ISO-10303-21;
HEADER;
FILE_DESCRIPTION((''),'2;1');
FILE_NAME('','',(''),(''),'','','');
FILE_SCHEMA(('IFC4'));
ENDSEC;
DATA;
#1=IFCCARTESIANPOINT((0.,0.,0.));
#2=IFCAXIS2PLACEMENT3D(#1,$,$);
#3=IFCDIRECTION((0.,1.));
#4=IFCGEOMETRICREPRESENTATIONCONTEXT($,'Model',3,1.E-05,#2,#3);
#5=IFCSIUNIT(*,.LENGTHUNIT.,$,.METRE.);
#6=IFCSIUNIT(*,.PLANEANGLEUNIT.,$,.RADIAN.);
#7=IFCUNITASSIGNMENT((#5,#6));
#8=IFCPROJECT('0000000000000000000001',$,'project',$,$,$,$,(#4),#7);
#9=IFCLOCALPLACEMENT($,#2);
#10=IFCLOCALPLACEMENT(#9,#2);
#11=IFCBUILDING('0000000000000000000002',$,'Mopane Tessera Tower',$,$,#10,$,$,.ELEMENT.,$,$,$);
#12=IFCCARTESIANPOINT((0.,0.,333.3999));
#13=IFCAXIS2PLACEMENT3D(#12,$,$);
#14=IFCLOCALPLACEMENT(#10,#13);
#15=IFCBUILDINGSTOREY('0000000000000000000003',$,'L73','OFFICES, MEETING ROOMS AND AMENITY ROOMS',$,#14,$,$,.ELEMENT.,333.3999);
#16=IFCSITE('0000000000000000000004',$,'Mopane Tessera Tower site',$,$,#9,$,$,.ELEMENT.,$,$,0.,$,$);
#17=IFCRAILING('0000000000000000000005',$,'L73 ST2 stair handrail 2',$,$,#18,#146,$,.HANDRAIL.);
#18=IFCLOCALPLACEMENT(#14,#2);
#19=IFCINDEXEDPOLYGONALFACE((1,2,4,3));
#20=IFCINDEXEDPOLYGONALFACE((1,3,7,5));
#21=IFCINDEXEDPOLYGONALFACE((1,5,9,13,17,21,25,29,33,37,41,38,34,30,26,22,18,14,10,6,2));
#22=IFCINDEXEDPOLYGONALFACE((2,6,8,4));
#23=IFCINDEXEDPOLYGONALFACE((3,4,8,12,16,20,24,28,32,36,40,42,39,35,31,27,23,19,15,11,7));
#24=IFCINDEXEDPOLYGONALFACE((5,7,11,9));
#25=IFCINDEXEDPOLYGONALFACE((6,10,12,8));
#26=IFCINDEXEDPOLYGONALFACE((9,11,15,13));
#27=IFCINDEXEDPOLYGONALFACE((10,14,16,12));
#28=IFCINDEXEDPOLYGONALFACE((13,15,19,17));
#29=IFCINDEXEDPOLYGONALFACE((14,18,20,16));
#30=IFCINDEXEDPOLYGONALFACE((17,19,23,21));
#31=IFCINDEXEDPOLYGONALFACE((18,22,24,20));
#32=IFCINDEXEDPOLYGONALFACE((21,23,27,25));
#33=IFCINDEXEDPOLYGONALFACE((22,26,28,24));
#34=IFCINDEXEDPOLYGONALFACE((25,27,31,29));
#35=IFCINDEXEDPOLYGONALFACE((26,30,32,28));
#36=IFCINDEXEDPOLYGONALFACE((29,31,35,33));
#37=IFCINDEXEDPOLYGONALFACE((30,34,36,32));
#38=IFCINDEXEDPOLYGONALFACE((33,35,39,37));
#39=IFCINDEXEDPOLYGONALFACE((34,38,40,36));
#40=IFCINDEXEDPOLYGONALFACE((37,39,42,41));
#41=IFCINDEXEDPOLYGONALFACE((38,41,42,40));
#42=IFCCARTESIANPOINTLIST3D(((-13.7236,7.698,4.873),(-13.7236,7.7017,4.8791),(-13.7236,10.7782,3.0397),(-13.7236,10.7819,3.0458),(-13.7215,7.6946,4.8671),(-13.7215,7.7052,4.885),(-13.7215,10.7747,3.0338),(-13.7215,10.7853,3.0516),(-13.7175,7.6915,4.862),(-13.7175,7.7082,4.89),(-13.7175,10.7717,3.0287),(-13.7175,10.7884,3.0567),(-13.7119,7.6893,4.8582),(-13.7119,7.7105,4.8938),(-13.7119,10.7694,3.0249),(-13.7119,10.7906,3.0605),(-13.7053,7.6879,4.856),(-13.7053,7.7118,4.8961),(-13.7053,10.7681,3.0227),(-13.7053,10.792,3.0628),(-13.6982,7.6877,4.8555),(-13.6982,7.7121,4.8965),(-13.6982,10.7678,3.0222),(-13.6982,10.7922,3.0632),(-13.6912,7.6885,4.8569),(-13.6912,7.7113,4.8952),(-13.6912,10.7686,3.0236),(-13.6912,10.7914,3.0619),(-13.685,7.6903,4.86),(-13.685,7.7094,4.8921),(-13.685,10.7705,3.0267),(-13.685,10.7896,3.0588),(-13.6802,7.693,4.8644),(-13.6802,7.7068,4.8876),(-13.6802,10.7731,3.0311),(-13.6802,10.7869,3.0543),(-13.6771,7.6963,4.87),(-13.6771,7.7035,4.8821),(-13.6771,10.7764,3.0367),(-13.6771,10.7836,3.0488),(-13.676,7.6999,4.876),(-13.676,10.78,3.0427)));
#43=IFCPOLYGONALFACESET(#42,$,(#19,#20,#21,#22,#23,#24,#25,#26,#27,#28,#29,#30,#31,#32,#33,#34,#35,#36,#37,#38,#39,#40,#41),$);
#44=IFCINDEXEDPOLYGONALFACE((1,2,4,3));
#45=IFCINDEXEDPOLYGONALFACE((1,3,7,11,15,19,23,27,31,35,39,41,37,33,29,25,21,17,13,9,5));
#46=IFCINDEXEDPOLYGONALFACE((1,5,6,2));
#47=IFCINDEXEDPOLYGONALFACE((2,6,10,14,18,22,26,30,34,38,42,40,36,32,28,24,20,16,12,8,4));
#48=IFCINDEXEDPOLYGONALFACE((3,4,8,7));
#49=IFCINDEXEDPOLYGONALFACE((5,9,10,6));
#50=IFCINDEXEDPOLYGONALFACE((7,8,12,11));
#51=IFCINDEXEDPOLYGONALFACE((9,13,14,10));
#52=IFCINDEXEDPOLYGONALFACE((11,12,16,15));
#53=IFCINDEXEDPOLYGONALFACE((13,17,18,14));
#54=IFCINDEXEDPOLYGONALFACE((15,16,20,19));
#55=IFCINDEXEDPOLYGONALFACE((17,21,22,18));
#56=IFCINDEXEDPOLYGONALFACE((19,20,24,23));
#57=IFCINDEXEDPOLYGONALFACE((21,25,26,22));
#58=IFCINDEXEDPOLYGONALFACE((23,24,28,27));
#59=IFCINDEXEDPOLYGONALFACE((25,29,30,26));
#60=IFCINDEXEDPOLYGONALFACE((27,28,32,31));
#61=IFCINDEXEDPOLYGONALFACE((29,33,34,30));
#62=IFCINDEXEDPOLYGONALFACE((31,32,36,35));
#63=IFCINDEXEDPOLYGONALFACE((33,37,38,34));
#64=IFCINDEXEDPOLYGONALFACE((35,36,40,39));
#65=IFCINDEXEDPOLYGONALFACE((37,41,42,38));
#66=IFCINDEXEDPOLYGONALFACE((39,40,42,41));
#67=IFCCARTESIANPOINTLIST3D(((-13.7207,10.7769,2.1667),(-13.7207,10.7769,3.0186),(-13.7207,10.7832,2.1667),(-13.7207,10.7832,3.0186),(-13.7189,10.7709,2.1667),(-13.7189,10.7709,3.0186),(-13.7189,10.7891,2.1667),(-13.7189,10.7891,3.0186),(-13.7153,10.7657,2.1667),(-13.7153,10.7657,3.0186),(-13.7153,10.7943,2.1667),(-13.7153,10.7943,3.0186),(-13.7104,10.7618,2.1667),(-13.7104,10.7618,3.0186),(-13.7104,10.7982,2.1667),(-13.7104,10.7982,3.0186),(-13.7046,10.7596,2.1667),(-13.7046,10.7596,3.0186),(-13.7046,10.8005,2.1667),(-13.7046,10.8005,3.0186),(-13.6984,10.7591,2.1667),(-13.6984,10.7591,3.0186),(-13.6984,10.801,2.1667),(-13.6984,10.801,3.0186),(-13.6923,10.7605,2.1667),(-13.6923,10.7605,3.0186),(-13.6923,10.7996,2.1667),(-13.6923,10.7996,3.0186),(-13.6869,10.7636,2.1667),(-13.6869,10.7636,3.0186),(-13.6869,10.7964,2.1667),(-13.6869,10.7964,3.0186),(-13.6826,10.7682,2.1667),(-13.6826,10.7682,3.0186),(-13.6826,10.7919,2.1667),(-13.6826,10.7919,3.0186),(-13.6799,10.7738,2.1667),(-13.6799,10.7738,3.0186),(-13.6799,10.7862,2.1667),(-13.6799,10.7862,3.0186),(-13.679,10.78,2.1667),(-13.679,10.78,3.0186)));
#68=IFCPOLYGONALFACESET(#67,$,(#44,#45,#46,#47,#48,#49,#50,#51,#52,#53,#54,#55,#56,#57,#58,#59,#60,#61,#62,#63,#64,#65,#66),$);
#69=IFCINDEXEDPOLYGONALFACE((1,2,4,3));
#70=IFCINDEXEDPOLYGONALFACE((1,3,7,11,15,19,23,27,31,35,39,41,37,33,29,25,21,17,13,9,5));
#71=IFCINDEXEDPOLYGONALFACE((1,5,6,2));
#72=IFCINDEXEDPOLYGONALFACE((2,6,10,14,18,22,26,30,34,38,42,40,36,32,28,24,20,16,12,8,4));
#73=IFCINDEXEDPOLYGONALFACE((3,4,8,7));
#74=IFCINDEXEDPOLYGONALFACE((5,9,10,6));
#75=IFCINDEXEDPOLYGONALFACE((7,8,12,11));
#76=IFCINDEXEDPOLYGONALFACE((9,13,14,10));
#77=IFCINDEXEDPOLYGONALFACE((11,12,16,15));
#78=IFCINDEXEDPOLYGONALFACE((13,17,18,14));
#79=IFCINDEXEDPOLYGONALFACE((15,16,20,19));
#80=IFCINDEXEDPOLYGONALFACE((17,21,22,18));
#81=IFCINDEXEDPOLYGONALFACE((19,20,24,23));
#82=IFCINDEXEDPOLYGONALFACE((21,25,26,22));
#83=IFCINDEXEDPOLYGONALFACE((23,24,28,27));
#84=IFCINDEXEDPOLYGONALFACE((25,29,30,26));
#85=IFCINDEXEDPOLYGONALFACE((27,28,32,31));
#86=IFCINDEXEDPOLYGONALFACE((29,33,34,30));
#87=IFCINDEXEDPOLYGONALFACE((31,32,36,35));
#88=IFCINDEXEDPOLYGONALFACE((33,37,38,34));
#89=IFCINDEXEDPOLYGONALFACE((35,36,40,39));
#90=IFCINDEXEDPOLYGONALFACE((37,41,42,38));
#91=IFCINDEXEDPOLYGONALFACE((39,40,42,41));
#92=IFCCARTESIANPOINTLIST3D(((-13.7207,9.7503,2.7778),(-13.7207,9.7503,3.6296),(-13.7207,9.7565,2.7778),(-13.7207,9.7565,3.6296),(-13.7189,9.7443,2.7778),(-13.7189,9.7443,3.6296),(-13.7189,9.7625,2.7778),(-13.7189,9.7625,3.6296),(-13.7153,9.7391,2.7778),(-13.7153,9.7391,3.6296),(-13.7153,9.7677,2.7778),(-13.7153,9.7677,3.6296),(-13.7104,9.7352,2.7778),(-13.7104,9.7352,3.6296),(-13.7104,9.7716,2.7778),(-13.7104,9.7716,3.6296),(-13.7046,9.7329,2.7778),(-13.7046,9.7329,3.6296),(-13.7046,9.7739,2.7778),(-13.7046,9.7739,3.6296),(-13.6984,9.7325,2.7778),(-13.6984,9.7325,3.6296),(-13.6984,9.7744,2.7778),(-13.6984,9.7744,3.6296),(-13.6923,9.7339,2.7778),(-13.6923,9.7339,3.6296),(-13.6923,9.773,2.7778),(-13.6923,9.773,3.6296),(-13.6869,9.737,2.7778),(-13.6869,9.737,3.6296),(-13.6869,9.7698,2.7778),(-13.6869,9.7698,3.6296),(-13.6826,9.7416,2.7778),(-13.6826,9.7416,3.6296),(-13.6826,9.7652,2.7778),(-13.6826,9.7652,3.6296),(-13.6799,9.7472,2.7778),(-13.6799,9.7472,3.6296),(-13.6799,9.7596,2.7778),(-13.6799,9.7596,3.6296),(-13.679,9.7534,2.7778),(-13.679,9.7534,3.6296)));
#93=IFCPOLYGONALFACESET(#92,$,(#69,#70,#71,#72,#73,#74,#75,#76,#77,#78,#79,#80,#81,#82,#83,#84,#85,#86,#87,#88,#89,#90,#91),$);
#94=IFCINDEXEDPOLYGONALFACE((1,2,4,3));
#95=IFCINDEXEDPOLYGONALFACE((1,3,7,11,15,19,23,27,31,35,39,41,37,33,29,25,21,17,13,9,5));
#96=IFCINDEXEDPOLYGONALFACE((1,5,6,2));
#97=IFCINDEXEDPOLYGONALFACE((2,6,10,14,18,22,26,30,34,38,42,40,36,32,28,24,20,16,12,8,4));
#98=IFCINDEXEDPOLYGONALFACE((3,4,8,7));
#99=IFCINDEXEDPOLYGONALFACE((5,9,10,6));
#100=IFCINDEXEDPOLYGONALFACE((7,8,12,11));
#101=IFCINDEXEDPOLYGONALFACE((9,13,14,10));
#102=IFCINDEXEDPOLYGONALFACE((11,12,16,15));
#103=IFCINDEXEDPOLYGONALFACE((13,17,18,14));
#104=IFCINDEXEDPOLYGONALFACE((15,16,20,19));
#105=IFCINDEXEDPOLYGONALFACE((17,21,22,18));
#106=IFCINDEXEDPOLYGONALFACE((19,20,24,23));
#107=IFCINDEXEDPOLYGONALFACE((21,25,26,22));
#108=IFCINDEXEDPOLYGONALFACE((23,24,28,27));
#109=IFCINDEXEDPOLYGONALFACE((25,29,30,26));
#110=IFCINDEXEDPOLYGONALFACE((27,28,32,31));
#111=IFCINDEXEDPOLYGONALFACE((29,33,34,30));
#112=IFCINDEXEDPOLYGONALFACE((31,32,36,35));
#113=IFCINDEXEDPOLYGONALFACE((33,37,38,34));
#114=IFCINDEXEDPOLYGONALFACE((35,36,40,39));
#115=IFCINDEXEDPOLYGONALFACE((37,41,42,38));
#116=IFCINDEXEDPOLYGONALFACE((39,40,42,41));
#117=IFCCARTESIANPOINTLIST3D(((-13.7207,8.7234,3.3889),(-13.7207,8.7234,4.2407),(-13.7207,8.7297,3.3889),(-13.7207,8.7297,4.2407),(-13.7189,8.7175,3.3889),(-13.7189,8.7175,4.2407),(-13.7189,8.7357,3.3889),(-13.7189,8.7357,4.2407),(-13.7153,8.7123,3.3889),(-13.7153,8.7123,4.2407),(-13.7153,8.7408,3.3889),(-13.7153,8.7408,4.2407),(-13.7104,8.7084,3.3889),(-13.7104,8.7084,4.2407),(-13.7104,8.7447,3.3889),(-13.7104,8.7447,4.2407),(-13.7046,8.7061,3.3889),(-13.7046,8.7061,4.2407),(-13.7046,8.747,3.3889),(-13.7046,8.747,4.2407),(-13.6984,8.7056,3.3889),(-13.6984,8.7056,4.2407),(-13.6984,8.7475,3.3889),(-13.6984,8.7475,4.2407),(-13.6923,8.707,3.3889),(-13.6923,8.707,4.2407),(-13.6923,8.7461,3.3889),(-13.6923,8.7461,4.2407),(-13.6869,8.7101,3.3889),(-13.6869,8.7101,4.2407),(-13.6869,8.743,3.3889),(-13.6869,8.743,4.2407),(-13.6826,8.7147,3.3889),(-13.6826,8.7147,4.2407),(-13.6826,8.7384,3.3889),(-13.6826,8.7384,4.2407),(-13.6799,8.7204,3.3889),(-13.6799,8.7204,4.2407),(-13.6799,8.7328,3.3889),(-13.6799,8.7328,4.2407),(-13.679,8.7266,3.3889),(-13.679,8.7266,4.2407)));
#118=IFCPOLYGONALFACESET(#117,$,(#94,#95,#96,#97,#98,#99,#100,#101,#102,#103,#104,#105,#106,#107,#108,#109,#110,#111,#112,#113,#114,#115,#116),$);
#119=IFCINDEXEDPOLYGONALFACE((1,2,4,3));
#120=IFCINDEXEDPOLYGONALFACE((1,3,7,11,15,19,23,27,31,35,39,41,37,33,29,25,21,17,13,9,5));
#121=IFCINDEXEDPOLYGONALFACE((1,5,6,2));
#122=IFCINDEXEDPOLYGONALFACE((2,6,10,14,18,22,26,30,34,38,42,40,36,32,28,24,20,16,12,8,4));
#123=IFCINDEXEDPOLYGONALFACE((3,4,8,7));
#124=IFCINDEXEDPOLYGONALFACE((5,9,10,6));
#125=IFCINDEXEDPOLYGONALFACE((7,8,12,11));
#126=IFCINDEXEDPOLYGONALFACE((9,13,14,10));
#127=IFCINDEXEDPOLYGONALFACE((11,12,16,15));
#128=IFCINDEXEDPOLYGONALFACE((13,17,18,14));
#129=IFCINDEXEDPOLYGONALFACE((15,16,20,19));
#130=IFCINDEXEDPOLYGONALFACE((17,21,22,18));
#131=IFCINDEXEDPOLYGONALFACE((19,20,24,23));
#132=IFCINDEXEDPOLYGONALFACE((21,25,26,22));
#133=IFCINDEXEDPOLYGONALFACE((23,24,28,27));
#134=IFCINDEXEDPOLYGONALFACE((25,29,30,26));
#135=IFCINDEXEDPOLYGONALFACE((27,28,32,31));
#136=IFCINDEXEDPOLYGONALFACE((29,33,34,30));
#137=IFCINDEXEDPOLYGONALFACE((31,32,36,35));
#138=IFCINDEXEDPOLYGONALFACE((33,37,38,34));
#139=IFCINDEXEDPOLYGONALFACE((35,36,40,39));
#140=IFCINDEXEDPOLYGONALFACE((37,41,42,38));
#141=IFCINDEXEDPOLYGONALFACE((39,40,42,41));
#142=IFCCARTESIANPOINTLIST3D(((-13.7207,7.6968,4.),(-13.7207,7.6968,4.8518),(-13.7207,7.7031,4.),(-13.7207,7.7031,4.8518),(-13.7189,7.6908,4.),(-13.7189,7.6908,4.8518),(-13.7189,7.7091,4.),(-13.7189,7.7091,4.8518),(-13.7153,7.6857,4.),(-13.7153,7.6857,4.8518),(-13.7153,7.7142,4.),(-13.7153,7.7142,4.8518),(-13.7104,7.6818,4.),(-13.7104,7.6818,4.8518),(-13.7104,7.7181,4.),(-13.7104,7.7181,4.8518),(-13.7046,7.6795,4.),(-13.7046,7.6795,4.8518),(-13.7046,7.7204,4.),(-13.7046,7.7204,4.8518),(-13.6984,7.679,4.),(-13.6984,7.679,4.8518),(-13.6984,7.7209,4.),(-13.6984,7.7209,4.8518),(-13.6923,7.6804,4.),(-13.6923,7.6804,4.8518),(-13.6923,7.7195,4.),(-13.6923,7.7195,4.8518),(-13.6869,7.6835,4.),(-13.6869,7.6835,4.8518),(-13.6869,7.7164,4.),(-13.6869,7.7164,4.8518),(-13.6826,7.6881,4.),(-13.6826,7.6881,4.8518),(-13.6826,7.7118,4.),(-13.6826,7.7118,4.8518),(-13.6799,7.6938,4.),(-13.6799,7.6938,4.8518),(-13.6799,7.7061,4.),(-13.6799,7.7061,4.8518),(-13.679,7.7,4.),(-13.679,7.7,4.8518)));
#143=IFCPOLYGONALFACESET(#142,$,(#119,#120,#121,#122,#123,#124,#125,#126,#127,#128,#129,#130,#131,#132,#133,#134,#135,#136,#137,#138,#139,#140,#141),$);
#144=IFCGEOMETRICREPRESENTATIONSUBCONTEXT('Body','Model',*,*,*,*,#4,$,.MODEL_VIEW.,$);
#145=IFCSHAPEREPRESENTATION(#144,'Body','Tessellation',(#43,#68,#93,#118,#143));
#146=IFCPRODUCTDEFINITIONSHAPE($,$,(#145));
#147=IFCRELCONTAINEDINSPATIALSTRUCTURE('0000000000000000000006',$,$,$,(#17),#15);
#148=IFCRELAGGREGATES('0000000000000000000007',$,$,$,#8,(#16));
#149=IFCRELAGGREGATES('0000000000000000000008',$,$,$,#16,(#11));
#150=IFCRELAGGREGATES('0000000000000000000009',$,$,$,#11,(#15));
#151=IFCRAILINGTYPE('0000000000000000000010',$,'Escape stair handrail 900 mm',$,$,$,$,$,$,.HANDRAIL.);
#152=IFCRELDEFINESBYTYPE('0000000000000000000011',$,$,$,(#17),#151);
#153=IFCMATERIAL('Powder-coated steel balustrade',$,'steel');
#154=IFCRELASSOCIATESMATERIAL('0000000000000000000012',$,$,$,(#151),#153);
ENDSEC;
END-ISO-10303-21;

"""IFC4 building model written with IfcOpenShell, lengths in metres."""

from ifc_helpers import new_model, si_unit, direction, frame, origin, origin_2d, place, context, subcontext, project, spatial, circle, extrude, material, type_object, element, save


model = new_model("IFC4")

# Units and contexts
model_context = context("Model", 3, precision=1e-05, world=origin(), true_north=direction((0.0, 1.0)))
body_context = subcontext(model_context, "Body", "Model", "MODEL_VIEW")
ifc_project = project(units=[si_unit("LENGTHUNIT", "METRE"), si_unit("PLANEANGLEUNIT", "RADIAN")], contexts=[model_context])

# Site, building, storey
site_placement = place(None, origin())
site = spatial("IfcSite", under=ifc_project, at=site_placement, Name="Mopane Tessera Tower site", CompositionType="ELEMENT", RefElevation=0.0)
building_placement = place(site_placement, origin())
building = spatial("IfcBuilding", under=site, at=building_placement, Name="Mopane Tessera Tower", CompositionType="ELEMENT")
storey_placement = place(building_placement, frame((0.0, 0.0, 333.3999)))
storey = spatial("IfcBuildingStorey", under=building, at=storey_placement, Name="L73", Description="OFFICES, MEETING ROOMS AND AMENITY ROOMS", CompositionType="ELEMENT", Elevation=333.3999)

# Railing
ifc_material_1 = material(Name="Powder-coated steel balustrade", Category="steel")
railing_type_1 = type_object("IfcRailingType", Name="Escape stair handrail 900 mm", PredefinedType="HANDRAIL", material=ifc_material_1)
railing_1_placement = place(storey_placement, frame((-13.7, 10.78, 2.1667)))
element("IfcRailing", 1, at=railing_1_placement, inside=storey, type_object=railing_type_1, Name="L73 ST2 stair handrail 2", PredefinedType="HANDRAIL", context=body_context, shape_type="SweptSolid", body=[
    extrude(circle(Radius=0.0239, at=origin_2d()), frame((0.0, 0.0, 0.876), z_axis=(0.0, -0.859309, 0.511458), x_axis=(1.0, 0.0, 0.0)), (0.0, 0.0, 1.0), 3.5845),
    extrude(circle(Radius=0.021, at=origin_2d()), origin(), (0.0, 0.0, 1.0), 0.8518),
    extrude(circle(Radius=0.021, at=origin_2d()), frame((0.0, -1.0266, 0.6111)), (0.0, 0.0, 1.0), 0.8518),
    extrude(circle(Radius=0.021, at=origin_2d()), frame((0.0, -2.0535, 1.2222)), (0.0, 0.0, 1.0), 0.8518),
    extrude(circle(Radius=0.021, at=origin_2d()), frame((0.0, -3.0801, 1.8333)), (0.0, 0.0, 1.0), 0.8518),
])

save(model, "model.ifc")
